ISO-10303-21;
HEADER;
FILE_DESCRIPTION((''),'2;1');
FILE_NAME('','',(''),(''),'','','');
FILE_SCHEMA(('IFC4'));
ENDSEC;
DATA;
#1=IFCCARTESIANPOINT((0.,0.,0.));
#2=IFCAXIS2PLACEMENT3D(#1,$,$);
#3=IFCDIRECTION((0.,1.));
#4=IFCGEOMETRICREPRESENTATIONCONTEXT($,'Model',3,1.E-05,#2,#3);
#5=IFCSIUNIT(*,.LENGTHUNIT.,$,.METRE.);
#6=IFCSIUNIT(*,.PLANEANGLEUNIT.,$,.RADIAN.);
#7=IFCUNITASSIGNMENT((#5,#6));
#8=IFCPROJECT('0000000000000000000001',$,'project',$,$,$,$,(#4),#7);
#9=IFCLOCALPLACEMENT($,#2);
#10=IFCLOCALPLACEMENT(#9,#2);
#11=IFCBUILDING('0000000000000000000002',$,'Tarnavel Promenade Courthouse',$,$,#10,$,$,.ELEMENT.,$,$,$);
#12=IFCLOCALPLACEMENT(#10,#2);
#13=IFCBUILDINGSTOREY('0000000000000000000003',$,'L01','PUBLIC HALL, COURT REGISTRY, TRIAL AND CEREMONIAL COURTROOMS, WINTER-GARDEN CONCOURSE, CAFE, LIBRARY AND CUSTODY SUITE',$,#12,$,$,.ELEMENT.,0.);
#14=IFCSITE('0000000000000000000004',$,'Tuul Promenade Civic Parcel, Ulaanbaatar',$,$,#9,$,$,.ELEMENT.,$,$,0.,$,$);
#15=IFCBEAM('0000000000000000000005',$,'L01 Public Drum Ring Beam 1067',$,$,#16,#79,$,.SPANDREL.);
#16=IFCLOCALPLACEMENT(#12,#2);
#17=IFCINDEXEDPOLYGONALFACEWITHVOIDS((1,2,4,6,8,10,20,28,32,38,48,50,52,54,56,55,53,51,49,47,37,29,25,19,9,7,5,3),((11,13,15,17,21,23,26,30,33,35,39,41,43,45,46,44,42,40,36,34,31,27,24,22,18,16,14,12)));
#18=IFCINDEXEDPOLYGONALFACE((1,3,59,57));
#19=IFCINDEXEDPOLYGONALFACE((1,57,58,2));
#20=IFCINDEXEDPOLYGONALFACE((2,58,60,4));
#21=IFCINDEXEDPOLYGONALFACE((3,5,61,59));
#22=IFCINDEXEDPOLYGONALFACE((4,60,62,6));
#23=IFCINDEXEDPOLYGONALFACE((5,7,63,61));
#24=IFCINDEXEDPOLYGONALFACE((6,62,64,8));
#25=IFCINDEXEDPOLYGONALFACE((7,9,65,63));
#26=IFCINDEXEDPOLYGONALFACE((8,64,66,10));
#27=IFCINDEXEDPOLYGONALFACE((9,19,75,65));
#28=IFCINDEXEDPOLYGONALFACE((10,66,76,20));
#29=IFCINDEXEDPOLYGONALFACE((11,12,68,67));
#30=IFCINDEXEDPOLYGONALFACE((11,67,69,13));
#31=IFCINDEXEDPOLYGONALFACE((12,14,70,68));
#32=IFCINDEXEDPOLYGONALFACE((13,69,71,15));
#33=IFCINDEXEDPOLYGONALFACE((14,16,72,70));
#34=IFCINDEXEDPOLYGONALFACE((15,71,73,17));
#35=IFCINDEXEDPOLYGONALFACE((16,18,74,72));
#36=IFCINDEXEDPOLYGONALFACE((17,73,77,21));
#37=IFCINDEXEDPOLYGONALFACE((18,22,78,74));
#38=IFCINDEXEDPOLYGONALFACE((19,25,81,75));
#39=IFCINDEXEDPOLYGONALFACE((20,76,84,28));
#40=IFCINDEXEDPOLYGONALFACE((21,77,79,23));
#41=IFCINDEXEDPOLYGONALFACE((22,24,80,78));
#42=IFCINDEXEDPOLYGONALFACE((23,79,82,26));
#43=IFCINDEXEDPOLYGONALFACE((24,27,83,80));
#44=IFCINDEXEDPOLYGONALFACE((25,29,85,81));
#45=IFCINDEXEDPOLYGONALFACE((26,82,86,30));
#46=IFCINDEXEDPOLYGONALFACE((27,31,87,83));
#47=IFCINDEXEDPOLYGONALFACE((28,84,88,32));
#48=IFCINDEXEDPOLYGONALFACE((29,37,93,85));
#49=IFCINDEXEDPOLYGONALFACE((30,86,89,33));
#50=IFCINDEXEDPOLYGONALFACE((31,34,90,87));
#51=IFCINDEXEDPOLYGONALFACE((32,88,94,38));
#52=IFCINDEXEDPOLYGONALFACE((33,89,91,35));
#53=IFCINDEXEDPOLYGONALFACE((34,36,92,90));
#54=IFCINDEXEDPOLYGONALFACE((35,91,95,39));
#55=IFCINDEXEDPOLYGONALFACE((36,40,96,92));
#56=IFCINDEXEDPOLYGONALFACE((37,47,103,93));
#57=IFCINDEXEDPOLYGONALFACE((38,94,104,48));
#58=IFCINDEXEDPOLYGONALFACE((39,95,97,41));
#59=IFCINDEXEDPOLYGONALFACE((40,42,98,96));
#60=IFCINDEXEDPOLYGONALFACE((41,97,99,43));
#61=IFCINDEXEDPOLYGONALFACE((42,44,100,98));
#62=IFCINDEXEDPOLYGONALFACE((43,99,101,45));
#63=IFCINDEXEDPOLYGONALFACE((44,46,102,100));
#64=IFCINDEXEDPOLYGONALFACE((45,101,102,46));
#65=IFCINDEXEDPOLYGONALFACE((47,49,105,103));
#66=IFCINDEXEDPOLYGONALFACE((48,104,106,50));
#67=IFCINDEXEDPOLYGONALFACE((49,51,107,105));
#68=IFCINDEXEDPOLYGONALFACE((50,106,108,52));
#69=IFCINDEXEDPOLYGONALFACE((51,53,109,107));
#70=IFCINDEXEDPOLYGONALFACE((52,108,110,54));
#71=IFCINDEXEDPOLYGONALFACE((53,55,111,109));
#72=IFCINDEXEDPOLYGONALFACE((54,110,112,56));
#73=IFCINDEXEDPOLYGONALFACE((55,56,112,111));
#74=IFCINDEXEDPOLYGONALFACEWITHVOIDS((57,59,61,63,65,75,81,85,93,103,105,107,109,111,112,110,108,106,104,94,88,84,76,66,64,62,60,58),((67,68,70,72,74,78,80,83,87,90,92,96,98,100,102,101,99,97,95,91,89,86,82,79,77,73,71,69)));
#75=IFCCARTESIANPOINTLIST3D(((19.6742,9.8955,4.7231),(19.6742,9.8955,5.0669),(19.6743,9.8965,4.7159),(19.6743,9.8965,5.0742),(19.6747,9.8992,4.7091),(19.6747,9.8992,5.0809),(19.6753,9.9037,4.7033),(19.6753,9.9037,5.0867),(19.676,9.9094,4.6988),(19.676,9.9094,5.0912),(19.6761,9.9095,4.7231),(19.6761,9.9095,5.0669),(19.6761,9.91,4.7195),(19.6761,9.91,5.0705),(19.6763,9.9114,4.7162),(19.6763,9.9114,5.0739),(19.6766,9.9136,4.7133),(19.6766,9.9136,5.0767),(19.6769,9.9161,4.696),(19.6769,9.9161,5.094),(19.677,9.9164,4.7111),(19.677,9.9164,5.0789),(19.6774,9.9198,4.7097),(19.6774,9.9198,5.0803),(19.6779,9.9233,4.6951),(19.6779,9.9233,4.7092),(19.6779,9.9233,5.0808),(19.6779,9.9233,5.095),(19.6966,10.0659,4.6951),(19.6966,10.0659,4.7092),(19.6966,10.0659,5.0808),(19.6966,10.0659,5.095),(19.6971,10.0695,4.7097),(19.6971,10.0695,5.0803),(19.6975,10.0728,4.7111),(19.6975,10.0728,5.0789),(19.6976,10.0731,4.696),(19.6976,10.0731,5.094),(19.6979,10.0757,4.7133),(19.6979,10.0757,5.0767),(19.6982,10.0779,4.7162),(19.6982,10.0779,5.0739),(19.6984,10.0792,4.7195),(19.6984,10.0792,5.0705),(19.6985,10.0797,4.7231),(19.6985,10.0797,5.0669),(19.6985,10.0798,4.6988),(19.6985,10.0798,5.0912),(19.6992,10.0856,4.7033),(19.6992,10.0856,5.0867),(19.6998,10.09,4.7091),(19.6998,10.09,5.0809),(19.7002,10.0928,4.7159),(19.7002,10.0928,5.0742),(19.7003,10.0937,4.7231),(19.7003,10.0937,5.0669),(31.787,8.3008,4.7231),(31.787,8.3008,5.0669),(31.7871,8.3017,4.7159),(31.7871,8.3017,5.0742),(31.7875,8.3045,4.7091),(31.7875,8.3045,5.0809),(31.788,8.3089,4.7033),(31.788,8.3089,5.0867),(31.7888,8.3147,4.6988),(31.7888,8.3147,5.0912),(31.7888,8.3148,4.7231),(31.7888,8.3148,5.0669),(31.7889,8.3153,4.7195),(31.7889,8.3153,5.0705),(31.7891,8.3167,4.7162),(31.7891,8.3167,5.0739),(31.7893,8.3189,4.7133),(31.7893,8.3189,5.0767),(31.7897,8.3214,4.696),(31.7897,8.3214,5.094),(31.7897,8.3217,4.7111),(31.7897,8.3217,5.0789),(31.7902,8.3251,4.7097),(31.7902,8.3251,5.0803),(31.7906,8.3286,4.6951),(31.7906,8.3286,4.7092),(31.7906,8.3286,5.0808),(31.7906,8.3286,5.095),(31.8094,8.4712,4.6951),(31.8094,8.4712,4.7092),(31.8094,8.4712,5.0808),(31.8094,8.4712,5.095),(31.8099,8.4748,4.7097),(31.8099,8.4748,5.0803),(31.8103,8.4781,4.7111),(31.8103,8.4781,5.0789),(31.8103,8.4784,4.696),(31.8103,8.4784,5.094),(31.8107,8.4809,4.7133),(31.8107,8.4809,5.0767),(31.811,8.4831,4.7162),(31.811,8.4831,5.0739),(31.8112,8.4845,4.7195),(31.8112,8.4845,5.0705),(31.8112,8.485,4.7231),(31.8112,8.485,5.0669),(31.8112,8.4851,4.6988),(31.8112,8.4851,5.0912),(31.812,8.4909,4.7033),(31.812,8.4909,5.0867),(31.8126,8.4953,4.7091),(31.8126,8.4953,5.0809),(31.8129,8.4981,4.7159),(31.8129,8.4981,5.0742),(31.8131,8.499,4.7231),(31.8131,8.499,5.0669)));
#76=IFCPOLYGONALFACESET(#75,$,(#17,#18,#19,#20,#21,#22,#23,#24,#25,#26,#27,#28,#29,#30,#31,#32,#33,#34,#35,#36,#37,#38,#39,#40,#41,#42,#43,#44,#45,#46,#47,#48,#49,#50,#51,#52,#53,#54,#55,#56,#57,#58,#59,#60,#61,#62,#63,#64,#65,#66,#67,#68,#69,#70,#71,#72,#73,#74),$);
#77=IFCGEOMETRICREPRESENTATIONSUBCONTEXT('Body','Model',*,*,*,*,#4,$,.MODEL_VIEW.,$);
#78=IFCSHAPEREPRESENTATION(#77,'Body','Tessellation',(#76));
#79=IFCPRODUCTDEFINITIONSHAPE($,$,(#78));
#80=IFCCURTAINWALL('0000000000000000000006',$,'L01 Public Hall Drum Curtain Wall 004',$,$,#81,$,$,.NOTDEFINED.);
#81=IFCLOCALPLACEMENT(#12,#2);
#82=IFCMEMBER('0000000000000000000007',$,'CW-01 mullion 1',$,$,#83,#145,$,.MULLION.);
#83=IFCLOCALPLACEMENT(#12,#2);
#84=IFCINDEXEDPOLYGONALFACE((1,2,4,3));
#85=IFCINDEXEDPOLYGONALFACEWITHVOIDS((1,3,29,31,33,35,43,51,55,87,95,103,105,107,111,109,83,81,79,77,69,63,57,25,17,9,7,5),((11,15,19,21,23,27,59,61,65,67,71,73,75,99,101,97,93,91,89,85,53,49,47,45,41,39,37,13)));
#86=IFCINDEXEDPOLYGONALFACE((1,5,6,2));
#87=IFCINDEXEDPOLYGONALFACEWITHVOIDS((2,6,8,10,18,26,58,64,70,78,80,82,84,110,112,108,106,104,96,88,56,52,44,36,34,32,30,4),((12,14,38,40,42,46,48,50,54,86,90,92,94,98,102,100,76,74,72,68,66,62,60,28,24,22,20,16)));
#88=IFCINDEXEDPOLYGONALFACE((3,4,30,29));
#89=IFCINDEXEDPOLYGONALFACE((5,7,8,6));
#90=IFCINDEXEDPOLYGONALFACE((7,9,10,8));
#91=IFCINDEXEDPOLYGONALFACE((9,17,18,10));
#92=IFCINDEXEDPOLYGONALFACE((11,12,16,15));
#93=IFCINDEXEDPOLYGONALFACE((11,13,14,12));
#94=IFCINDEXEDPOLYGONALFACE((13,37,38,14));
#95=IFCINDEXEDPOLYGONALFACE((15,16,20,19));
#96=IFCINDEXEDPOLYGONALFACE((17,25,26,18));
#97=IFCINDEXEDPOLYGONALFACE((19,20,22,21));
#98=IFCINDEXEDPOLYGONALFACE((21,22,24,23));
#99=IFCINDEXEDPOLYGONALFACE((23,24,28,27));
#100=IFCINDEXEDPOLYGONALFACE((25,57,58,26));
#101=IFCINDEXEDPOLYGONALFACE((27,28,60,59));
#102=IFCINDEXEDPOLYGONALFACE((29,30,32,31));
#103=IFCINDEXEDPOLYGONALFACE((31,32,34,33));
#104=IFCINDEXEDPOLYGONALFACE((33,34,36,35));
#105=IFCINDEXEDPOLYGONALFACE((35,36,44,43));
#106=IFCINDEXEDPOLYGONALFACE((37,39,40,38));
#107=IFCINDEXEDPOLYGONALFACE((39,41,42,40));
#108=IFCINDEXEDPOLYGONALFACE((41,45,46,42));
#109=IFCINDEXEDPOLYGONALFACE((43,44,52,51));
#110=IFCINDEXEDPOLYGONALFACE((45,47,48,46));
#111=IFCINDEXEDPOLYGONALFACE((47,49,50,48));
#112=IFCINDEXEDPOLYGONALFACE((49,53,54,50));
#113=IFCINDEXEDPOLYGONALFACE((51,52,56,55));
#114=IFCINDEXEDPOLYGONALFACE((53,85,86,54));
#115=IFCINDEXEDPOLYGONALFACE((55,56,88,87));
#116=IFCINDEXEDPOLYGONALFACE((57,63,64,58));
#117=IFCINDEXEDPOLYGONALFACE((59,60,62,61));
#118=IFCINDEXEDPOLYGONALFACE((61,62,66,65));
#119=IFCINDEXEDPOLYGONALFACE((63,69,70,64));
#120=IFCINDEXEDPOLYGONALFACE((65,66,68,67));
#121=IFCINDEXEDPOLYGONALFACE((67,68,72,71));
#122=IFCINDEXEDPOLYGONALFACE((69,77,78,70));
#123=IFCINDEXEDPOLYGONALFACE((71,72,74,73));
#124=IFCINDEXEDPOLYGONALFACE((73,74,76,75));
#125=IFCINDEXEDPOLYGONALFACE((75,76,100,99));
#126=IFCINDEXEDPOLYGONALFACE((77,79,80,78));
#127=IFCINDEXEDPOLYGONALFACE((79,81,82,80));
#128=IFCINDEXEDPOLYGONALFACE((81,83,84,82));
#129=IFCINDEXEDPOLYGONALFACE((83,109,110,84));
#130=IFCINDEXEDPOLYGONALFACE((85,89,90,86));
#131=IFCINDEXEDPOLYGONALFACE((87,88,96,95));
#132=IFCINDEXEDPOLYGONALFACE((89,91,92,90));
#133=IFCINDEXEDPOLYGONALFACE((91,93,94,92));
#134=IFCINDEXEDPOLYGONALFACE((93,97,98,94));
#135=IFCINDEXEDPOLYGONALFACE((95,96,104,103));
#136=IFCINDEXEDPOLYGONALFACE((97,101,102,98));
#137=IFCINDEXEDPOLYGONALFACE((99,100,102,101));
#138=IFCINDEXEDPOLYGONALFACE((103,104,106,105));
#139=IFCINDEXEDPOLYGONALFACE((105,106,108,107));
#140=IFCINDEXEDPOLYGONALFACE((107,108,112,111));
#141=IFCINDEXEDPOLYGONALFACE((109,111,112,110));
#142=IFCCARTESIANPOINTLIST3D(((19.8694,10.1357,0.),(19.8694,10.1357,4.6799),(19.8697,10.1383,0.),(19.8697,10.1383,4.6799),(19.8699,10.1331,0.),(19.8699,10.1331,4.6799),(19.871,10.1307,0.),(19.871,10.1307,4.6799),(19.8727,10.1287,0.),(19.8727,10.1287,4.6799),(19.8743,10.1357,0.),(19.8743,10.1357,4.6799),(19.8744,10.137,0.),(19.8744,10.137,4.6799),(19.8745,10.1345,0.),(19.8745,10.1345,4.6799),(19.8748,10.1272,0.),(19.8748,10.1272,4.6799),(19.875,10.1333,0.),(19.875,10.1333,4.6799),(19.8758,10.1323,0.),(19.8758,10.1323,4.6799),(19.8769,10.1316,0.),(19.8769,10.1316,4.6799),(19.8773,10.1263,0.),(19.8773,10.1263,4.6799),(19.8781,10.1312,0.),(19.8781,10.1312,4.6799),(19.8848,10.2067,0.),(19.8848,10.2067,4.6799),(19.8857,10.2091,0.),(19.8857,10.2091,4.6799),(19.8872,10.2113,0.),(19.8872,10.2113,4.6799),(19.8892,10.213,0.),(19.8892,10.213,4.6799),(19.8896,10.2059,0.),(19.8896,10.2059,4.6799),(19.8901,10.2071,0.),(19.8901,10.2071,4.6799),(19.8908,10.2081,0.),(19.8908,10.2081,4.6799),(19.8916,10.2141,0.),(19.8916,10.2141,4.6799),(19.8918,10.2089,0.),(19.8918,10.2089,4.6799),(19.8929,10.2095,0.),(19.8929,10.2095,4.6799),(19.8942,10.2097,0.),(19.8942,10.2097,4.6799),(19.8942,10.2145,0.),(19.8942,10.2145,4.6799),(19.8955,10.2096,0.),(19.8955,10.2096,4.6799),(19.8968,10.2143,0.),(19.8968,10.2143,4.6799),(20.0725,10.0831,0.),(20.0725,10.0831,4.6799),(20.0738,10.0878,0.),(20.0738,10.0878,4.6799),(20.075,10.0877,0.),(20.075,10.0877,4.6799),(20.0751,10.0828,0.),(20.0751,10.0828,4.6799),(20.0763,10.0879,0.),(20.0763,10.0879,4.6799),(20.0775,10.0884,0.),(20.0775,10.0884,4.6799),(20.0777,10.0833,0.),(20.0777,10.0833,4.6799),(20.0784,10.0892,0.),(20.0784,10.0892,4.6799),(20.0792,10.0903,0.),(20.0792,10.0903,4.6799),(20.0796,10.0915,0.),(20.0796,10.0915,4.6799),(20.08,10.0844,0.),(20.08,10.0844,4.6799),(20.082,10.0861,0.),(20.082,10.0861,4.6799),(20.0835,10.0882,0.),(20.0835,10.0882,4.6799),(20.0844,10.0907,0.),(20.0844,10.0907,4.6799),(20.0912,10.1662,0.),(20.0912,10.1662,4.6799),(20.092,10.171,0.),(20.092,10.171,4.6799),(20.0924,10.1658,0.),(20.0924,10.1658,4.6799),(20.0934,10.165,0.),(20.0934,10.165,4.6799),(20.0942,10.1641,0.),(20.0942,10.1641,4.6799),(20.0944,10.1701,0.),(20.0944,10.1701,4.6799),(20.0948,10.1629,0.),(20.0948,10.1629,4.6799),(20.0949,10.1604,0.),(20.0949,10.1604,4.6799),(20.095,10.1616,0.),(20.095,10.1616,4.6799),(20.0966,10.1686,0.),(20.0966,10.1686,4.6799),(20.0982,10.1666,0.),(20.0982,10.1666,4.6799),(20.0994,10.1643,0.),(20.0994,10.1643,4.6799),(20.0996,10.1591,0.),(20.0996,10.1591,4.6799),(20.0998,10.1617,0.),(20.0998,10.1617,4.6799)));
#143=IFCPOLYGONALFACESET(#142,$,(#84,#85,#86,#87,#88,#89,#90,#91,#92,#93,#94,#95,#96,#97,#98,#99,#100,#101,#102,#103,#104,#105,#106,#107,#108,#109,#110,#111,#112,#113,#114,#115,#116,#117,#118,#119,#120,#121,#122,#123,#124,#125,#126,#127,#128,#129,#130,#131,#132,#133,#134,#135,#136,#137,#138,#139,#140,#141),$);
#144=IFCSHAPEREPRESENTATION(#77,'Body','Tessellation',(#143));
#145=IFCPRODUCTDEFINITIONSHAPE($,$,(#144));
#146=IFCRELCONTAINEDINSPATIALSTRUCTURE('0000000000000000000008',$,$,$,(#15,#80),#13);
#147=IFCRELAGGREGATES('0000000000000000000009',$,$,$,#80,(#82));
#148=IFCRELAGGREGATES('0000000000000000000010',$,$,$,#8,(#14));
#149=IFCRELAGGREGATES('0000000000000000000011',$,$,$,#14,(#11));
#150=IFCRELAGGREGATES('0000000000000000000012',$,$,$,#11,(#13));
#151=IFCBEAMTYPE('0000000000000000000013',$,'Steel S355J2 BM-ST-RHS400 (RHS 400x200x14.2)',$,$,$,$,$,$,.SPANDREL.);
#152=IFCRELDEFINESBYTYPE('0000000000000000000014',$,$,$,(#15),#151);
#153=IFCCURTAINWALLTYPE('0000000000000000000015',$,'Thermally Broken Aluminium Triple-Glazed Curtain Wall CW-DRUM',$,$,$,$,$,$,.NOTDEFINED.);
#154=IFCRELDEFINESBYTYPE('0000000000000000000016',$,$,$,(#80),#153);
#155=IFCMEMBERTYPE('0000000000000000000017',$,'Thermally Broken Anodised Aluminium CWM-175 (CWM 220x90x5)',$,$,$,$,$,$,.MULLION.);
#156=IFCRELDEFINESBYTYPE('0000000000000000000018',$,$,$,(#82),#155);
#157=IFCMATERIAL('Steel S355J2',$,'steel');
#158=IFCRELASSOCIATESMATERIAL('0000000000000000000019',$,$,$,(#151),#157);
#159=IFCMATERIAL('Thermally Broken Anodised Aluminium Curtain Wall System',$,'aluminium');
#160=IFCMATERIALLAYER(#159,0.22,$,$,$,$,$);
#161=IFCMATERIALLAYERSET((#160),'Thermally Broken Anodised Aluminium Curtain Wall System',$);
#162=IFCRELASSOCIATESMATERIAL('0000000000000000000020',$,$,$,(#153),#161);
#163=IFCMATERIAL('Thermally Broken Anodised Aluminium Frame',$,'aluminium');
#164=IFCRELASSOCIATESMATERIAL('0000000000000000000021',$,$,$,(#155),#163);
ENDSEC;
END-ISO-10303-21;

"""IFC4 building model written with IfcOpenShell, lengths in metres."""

from ifc_helpers import new_model, si_unit, direction, frame, origin, origin_2d, place, context, subcontext, project, spatial, hollow_rectangle, extrude, material, layer, layer_set, material_profile, profile_set, type_object, element, aggregate, save


model = new_model("IFC4")

# Units and contexts
model_context = context("Model", 3, precision=1e-05, world=origin(), true_north=direction((0.0, 1.0)))
body_context = subcontext(model_context, "Body", "Model", "MODEL_VIEW")
ifc_project = project(units=[si_unit("LENGTHUNIT", "METRE"), si_unit("PLANEANGLEUNIT", "RADIAN")], contexts=[model_context])

# Site, building, storey
site_placement = place(None, origin())
site = spatial("IfcSite", under=ifc_project, at=site_placement, Name="Tuul Promenade Civic Parcel, Ulaanbaatar", CompositionType="ELEMENT", RefElevation=0.0)
building_placement = place(site_placement, origin())
building = spatial("IfcBuilding", under=site, at=building_placement, Name="Tarnavel Promenade Courthouse", CompositionType="ELEMENT")
storey_placement = place(building_placement, origin())
storey = spatial("IfcBuildingStorey", under=building, at=storey_placement, Name="L01", Description="PUBLIC HALL, COURT REGISTRY, TRIAL AND CEREMONIAL COURTROOMS, WINTER-GARDEN CONCOURSE, CAFE, LIBRARY AND CUSTODY SUITE", CompositionType="ELEMENT", Elevation=0.0)

# Beam
ifc_material_1 = material(Name="Steel S355J2", Category="steel")
ifc_material_profile_1 = material_profile(ifc_material_1, hollow_rectangle(XDim=0.2, YDim=0.3999, WallThickness=0.0142, InnerFilletRadius=0.0139, OuterFilletRadius=0.0281, at=origin_2d()), Name="RHS 400x200x14.2")
ifc_profile_set_1 = profile_set([ifc_material_profile_1], Name="Steel S355J2")
beam_type = type_object("IfcBeamType", Name="Steel S355J2 BM-ST-RHS400 (RHS 400x200x14.2)", PredefinedType="SPANDREL", material=ifc_profile_set_1)
beam_placement = place(storey_placement, frame((19.6873, 9.9946, 4.895), z_axis=(0.991444, -0.13053, 0.0), x_axis=(0.13053, 0.991444, 0.0)))
element("IfcBeam", 1, at=beam_placement, inside=storey, type_object=beam_type, Name="L01 Public Drum Ring Beam 1067", PredefinedType="SPANDREL", context=body_context, shape_type="SweptSolid", body=[
    extrude(hollow_rectangle(XDim=0.2, YDim=0.3999, WallThickness=0.0142, InnerFilletRadius=0.0139, OuterFilletRadius=0.0281, at=origin_2d()), origin(), (0.0, 0.0, 1.0), 12.2173),
])

# Curtain wall, member
ifc_material_2 = material(Name="Thermally Broken Anodised Aluminium Curtain Wall System", Category="aluminium")
ifc_layer_1 = layer(ifc_material_2, 0.22)
ifc_layer_set_1 = layer_set([ifc_layer_1], Name="Thermally Broken Anodised Aluminium Curtain Wall System")
curtain_wall_type = type_object("IfcCurtainWallType", Name="Thermally Broken Aluminium Triple-Glazed Curtain Wall CW-DRUM", PredefinedType="NOTDEFINED", material=ifc_layer_set_1)
curtain_wall_placement = place(storey_placement, origin())
curtain_wall = element("IfcCurtainWall", 2, at=curtain_wall_placement, inside=storey, type_object=curtain_wall_type, Name="L01 Public Hall Drum Curtain Wall 004", PredefinedType="NOTDEFINED")
ifc_material_3 = material(Name="Thermally Broken Anodised Aluminium Frame", Category="aluminium")
ifc_material_profile_2 = material_profile(ifc_material_3, hollow_rectangle(XDim=0.0901, YDim=0.22, WallThickness=0.0049, InnerFilletRadius=0.0049, OuterFilletRadius=0.01, at=origin_2d()), Name="CWM 220x90x5")
ifc_profile_set_2 = profile_set([ifc_material_profile_2], Name="Thermally Broken Anodised Aluminium Frame")
member_type_1 = type_object("IfcMemberType", Name="Thermally Broken Anodised Aluminium CWM-175 (CWM 220x90x5)", PredefinedType="MULLION", material=ifc_profile_set_2)
member_1_placement = place(storey_placement, frame((19.9846, 10.1487, 0.0), z_axis=(0.0, 0.0, 1.0), x_axis=(0.21644, 0.976296, 0.0)))
member_1 = element("IfcMember", 3, at=member_1_placement, type_object=member_type_1, Name="CW-01 mullion 1", PredefinedType="MULLION", context=body_context, shape_type="SweptSolid", body=[
    extrude(hollow_rectangle(XDim=0.0901, YDim=0.22, WallThickness=0.0049, InnerFilletRadius=0.0049, OuterFilletRadius=0.01, at=origin_2d()), origin(), (0.0, 0.0, 1.0), 4.6799),
])
aggregate(curtain_wall, [member_1])

save(model, "model.ifc")
